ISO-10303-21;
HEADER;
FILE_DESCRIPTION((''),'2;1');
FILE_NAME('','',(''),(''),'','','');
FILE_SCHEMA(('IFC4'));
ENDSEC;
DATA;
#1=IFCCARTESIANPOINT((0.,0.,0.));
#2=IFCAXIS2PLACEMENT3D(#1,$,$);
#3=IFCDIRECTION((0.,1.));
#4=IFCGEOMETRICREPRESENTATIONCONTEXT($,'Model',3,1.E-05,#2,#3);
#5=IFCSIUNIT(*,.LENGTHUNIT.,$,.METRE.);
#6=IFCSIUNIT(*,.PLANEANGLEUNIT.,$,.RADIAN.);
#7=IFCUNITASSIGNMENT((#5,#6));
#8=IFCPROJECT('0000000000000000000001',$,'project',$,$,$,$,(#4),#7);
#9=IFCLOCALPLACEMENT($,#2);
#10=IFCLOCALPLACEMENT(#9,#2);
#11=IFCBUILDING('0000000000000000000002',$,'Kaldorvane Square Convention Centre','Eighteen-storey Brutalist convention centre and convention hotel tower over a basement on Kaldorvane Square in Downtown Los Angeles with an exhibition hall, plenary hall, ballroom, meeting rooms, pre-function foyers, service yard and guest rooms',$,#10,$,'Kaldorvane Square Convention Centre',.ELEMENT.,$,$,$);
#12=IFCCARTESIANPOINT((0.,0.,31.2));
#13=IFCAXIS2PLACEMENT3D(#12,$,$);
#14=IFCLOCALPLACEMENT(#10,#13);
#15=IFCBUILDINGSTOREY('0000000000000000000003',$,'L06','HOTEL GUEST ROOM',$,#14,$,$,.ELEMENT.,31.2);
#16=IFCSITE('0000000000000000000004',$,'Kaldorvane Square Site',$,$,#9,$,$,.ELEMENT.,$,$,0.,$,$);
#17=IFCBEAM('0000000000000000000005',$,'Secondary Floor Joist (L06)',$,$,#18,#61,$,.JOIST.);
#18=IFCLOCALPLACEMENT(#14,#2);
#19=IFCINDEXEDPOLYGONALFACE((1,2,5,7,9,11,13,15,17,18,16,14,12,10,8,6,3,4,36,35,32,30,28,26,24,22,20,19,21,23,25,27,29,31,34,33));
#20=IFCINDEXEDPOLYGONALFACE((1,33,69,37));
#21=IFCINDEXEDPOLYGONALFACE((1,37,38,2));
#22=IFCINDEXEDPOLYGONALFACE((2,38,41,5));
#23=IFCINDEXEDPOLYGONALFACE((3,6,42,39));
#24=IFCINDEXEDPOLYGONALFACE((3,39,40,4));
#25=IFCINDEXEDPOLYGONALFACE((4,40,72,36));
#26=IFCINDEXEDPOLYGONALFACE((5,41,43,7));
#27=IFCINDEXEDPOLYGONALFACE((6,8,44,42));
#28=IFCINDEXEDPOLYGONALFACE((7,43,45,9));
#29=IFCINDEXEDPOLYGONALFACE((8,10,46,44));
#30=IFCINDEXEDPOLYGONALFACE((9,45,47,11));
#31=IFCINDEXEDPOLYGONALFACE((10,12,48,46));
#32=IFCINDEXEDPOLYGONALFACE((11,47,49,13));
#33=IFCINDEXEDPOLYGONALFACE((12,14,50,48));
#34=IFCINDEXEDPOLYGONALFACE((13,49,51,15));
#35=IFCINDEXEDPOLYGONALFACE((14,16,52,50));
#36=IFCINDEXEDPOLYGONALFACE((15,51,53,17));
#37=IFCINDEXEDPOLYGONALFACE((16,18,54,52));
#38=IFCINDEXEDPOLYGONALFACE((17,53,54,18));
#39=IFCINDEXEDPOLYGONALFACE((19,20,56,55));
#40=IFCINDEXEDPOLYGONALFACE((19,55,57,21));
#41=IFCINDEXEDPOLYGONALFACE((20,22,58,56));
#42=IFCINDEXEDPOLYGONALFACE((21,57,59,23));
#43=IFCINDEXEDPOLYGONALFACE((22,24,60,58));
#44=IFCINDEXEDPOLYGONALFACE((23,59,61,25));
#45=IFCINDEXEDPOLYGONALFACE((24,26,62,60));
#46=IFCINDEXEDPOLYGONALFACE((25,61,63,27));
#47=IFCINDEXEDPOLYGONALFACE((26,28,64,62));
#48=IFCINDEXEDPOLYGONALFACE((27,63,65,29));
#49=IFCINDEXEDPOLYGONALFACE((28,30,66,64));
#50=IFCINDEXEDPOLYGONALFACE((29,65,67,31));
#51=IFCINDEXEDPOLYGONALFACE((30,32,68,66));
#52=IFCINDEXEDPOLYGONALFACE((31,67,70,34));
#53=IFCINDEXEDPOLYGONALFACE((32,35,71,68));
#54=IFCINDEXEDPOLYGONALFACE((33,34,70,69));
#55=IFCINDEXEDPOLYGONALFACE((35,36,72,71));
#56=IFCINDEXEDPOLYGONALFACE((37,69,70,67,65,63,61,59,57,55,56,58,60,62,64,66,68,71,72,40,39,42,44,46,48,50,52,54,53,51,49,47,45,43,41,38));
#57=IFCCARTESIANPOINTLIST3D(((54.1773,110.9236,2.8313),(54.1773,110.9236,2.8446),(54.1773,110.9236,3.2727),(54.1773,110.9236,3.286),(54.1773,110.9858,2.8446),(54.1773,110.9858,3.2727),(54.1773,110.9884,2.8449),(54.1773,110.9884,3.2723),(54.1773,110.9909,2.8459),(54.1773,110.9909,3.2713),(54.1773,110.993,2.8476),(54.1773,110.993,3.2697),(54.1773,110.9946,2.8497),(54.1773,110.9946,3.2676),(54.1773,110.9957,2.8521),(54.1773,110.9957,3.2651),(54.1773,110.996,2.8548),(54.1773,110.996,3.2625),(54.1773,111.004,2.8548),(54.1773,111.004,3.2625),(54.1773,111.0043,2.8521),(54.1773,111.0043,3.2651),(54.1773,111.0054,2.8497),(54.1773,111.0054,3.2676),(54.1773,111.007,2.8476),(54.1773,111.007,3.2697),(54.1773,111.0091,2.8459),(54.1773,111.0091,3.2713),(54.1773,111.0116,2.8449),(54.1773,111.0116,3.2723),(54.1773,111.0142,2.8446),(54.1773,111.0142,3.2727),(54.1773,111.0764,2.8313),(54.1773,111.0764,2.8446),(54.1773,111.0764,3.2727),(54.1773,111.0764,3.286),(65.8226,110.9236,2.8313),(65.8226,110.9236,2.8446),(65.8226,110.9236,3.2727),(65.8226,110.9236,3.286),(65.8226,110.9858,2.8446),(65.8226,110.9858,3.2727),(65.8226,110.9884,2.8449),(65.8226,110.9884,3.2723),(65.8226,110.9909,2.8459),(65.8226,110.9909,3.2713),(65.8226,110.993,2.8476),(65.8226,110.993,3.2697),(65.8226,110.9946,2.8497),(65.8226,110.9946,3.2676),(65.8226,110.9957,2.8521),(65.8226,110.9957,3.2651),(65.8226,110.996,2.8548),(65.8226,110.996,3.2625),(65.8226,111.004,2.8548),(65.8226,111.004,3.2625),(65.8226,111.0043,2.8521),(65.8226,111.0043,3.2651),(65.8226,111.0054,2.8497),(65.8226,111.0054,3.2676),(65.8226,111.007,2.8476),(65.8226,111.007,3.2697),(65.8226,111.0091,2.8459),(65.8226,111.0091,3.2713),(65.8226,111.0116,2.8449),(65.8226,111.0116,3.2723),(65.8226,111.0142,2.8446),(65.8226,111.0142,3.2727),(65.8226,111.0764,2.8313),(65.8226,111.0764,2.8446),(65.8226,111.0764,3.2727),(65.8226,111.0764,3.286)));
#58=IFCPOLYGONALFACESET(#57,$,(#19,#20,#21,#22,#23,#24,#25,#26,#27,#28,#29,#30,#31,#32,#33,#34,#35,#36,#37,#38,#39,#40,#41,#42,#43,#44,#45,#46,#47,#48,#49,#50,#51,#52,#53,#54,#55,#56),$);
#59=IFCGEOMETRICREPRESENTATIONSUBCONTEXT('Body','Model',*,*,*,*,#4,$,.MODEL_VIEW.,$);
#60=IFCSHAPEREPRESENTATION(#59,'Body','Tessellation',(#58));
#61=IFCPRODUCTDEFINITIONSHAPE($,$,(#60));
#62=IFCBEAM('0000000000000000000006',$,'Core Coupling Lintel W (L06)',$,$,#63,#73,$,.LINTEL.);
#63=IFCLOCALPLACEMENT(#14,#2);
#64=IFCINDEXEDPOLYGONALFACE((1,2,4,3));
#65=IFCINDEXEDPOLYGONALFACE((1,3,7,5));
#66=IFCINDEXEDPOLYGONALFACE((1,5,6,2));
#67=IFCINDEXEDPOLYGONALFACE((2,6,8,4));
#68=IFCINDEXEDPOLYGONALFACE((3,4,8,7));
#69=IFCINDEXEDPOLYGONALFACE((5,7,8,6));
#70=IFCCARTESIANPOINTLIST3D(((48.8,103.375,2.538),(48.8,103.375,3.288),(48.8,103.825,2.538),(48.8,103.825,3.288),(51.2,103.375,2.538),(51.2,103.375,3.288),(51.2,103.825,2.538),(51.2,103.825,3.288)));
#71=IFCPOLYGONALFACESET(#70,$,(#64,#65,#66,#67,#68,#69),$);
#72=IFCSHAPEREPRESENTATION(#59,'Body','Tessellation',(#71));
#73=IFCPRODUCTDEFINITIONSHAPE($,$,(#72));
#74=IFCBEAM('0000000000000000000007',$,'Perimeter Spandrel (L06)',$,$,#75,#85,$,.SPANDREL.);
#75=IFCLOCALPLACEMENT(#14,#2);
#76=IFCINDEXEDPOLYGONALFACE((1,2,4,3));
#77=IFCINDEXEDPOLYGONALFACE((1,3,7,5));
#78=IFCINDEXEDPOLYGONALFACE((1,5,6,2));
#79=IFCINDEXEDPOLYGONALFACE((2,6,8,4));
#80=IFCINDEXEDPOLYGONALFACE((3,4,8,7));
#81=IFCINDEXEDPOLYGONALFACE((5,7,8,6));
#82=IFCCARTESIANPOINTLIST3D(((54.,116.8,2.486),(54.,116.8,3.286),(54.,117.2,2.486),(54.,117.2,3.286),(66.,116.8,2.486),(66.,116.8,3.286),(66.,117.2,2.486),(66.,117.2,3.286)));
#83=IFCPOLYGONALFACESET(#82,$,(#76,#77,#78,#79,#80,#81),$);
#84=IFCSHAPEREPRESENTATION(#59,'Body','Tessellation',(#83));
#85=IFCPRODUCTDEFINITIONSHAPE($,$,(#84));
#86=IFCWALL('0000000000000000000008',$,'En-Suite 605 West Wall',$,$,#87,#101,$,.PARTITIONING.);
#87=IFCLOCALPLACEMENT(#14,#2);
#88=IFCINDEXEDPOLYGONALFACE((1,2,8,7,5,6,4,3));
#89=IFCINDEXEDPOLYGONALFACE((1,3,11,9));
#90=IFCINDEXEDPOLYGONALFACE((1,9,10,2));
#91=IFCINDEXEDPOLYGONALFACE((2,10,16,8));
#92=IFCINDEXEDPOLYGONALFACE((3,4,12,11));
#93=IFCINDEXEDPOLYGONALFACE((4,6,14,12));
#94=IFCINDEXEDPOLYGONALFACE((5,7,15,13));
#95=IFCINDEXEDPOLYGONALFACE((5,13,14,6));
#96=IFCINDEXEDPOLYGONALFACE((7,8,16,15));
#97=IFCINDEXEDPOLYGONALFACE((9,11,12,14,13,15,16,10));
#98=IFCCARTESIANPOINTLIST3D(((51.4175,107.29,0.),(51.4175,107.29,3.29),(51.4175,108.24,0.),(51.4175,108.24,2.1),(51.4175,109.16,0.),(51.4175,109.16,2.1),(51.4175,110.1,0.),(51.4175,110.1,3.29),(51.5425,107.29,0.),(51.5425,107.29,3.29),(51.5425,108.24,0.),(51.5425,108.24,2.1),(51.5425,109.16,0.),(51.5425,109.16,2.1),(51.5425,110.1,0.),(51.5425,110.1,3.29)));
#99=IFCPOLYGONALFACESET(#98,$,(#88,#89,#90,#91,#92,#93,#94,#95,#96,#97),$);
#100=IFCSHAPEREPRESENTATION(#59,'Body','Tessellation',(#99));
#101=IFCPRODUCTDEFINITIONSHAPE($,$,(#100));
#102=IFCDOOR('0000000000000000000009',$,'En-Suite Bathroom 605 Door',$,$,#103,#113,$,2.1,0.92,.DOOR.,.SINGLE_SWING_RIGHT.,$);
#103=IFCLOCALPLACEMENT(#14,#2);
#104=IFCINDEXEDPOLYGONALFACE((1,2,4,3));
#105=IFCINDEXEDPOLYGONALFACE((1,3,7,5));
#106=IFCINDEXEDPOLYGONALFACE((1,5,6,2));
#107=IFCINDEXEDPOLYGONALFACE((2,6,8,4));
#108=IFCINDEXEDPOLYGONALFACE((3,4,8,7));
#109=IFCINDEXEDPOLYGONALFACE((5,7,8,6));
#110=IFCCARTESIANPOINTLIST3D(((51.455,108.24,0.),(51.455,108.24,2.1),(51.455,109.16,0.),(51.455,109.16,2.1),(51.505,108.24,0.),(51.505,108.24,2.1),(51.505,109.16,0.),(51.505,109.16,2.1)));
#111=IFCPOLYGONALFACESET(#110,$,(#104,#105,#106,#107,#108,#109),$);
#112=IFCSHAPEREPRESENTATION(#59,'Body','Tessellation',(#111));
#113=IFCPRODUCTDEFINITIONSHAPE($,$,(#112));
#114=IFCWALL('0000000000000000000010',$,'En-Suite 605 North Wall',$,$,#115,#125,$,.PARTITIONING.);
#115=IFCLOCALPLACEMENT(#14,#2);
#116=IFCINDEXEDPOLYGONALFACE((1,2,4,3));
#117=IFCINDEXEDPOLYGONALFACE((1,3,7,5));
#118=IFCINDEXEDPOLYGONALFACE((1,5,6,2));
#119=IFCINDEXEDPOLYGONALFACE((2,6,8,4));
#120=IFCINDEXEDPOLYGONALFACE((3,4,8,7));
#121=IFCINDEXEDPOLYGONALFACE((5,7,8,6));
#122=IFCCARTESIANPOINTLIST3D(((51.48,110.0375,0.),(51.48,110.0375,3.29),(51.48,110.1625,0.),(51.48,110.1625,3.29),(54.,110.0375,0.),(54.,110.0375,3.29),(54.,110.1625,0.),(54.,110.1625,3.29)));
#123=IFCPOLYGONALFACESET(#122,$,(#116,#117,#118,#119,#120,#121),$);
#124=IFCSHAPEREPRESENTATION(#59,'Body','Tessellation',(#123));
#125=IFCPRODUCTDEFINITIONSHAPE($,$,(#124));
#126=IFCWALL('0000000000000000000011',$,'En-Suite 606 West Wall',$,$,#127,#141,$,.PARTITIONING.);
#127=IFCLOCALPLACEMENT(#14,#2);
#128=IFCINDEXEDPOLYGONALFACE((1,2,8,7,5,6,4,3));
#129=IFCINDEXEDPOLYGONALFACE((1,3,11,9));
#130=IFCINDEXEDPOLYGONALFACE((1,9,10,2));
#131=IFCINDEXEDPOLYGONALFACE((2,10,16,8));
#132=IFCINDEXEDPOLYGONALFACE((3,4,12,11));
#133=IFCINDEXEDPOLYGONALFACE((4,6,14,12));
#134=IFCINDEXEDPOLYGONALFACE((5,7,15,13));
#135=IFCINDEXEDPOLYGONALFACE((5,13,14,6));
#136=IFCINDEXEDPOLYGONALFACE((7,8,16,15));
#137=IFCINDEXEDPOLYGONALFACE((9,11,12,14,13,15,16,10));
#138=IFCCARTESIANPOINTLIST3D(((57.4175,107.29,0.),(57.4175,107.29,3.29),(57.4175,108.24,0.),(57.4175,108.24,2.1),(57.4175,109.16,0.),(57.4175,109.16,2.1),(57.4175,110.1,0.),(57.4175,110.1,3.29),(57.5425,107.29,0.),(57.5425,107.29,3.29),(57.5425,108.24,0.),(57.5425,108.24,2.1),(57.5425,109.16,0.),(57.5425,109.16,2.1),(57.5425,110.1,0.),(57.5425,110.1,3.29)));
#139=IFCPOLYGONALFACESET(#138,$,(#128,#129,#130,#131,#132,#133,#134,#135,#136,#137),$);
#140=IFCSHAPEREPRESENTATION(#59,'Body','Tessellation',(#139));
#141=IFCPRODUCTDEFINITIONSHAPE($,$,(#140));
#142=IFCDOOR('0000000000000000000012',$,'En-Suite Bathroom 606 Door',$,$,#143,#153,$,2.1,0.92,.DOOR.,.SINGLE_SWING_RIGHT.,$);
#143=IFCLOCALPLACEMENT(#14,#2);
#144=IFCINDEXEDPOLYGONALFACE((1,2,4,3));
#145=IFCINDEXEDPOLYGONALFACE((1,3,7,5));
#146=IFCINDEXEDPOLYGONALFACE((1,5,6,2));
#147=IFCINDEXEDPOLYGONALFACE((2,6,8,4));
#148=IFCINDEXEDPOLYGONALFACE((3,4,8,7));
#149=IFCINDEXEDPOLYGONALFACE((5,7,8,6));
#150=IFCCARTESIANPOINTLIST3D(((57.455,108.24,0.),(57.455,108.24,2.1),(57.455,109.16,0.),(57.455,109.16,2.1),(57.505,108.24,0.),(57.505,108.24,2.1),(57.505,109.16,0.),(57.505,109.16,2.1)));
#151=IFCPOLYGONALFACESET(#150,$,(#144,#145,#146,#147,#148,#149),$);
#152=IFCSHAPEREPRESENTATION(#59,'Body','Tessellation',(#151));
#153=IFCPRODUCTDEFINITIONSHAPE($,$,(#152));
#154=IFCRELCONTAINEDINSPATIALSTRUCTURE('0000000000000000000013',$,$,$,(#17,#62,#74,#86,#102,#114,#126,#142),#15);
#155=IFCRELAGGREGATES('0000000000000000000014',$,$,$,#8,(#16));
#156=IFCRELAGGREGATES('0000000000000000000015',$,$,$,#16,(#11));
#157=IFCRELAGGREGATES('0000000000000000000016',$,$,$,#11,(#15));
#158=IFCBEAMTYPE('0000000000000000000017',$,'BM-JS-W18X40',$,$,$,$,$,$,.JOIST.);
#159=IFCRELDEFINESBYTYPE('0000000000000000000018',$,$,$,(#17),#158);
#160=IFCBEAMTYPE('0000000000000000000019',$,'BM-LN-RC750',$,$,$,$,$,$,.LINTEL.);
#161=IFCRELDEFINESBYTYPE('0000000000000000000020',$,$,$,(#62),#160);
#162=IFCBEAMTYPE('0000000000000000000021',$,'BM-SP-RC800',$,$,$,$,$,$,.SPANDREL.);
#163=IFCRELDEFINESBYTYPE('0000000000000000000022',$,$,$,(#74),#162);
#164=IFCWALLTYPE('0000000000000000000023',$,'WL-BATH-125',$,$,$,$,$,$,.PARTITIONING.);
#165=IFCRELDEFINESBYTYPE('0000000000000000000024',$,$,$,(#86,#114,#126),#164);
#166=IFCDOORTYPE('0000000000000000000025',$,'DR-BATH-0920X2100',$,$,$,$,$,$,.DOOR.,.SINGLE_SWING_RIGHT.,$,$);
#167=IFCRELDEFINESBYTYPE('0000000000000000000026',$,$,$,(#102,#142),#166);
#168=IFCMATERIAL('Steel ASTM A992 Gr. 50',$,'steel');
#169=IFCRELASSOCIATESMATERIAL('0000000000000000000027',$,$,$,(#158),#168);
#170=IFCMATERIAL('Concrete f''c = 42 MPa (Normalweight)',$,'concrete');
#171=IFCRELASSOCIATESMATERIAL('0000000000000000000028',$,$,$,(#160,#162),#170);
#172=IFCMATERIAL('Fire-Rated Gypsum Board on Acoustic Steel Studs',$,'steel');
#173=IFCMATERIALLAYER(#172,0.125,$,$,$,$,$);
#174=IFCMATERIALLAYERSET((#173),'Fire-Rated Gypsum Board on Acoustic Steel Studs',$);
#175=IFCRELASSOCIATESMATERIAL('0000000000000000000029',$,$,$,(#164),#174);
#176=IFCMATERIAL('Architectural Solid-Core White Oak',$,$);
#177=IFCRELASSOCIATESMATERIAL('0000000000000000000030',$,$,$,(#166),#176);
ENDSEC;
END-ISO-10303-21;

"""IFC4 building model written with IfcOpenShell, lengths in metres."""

from ifc_helpers import new_model, si_unit, direction, frame, frame_2d, origin, origin_2d, place, context, subcontext, project, spatial, rectangle, i_section, extrude, material, layer, layer_set, material_profile, profile_set, type_object, element, fill, save


model = new_model("IFC4")

# Units and contexts
model_context = context("Model", 3, precision=1e-05, world=origin(), true_north=direction((0.0, 1.0)))
body_context = subcontext(model_context, "Body", "Model", "MODEL_VIEW")
ifc_project = project(units=[si_unit("LENGTHUNIT", "METRE"), si_unit("PLANEANGLEUNIT", "RADIAN")], contexts=[model_context])

# Site, building, storey
site_placement = place(None, origin())
site = spatial("IfcSite", under=ifc_project, at=site_placement, Name="Kaldorvane Square Site", CompositionType="ELEMENT", RefElevation=0.0)
building_placement = place(site_placement, origin())
building = spatial("IfcBuilding", under=site, at=building_placement, Name="Kaldorvane Square Convention Centre", Description="Eighteen-storey Brutalist convention centre and convention hotel tower over a basement on Kaldorvane Square in Downtown Los Angeles with an exhibition hall, plenary hall, ballroom, meeting rooms, pre-function foyers, service yard and guest rooms", LongName="Kaldorvane Square Convention Centre", CompositionType="ELEMENT")
storey_placement = place(building_placement, frame((0.0, 0.0, 31.2)))
storey = spatial("IfcBuildingStorey", under=building, at=storey_placement, Name="L06", Description="HOTEL GUEST ROOM", CompositionType="ELEMENT", Elevation=31.2)

# Shared definitions
ifc_material_1 = material(Name="Steel ASTM A992 Gr. 50", Category="steel")

# Beams
ifc_material_profile_1 = material_profile(ifc_material_1, i_section(OverallWidth=0.1528, OverallDepth=0.4547, WebThickness=0.008, FlangeThickness=0.0133, FilletRadius=0.0102, at=origin_2d()), Name="W18X40")
ifc_profile_set_1 = profile_set([ifc_material_profile_1], Name="Steel ASTM A992 Gr. 50")
beam_type_1 = type_object("IfcBeamType", Name="BM-JS-W18X40", PredefinedType="JOIST", material=ifc_profile_set_1)
beam_1_placement = place(storey_placement, frame((54.1773, 111.0, 3.0586), z_axis=(1.0, 0.0, 0.0), x_axis=(0.0, 1.0, 0.0)))
element("IfcBeam", 1, at=beam_1_placement, inside=storey, type_object=beam_type_1, Name="Secondary Floor Joist (L06)", PredefinedType="JOIST", context=body_context, shape_type="SweptSolid", body=[
    extrude(i_section(OverallWidth=0.1528, OverallDepth=0.4547, WebThickness=0.008, FlangeThickness=0.0133, FilletRadius=0.0102, at=origin_2d()), origin(), (0.0, 0.0, 1.0), 11.6453),
])
ifc_material_2 = material(Name="Concrete f'c = 42 MPa (Normalweight)", Category="concrete")
ifc_material_profile_2 = material_profile(ifc_material_2, rectangle(XDim=0.45, YDim=0.75, at=origin_2d()), Name="RCLN750X450")
ifc_profile_set_2 = profile_set([ifc_material_profile_2], Name="Concrete f'c = 42 MPa (Normalweight)")
beam_type_2 = type_object("IfcBeamType", Name="BM-LN-RC750", PredefinedType="LINTEL", material=ifc_profile_set_2)
beam_2_placement = place(storey_placement, frame((48.8, 103.6, 2.913), z_axis=(1.0, 0.0, 0.0), x_axis=(0.0, 1.0, 0.0)))
element("IfcBeam", 2, at=beam_2_placement, inside=storey, type_object=beam_type_2, Name="Core Coupling Lintel W (L06)", PredefinedType="LINTEL", context=body_context, shape_type="SweptSolid", body=[
    extrude(rectangle(XDim=0.45, YDim=0.75, at=origin_2d()), origin(), (0.0, 0.0, 1.0), 2.4),
])
ifc_material_profile_3 = material_profile(ifc_material_2, rectangle(XDim=0.4, YDim=0.8, at=origin_2d()), Name="RCSP800X400")
ifc_profile_set_3 = profile_set([ifc_material_profile_3], Name="Concrete f'c = 42 MPa (Normalweight)")
beam_type_3 = type_object("IfcBeamType", Name="BM-SP-RC800", PredefinedType="SPANDREL", material=ifc_profile_set_3)
beam_3_placement = place(storey_placement, frame((54.0, 117.0, 2.886), z_axis=(1.0, 0.0, 0.0), x_axis=(0.0, 1.0, 0.0)))
element("IfcBeam", 3, at=beam_3_placement, inside=storey, type_object=beam_type_3, Name="Perimeter Spandrel (L06)", PredefinedType="SPANDREL", context=body_context, shape_type="SweptSolid", body=[
    extrude(rectangle(XDim=0.4, YDim=0.8, at=origin_2d()), origin(), (0.0, 0.0, 1.0), 12.0),
])

# Wall, opening, door
ifc_material_3 = material(Name="Fire-Rated Gypsum Board on Acoustic Steel Studs", Category="steel")
ifc_layer_1 = layer(ifc_material_3, 0.125)
ifc_layer_set_1 = layer_set([ifc_layer_1], Name="Fire-Rated Gypsum Board on Acoustic Steel Studs")
wall_type_1 = type_object("IfcWallType", Name="WL-BATH-125", PredefinedType="PARTITIONING", material=ifc_layer_set_1)
wall_1_placement = place(storey_placement, frame((51.48, 107.29, 0.0), z_axis=(0.0, 0.0, 1.0), x_axis=(0.0, 1.0, 0.0)))
wall_1 = element("IfcWall", 4, at=wall_1_placement, inside=storey, type_object=wall_type_1, Name="En-Suite 605 West Wall", PredefinedType="PARTITIONING", context=body_context, shape_type="SweptSolid", body=[
    extrude(rectangle(XDim=2.81, YDim=0.125, at=frame_2d((1.405, 0.0))), origin(), (0.0, 0.0, 1.0), 3.29),
])
opening_1_placement = place(wall_1_placement, frame((0.95, 0.0, 0.0)))
opening_1 = element("IfcOpeningElement", 5, at=opening_1_placement, cuts=wall_1, PredefinedType="OPENING", context=body_context, shape_type="SweptSolid", body=[
    extrude(rectangle(XDim=0.92, YDim=2.1, at=frame_2d((0.46, 1.05))), frame((0.0, 0.0775, 0.0), z_axis=(0.0, -1.0, 0.0), x_axis=(1.0, 0.0, 0.0)), (0.0, 0.0, 1.0), 0.155),
])
ifc_material_4 = material(Name="Architectural Solid-Core White Oak")
door_type_1 = type_object("IfcDoorType", Name="DR-BATH-0920X2100", OperationType="SINGLE_SWING_RIGHT", PredefinedType="DOOR", material=ifc_material_4)
door_1_placement = place(opening_1_placement, origin())
door_1 = element("IfcDoor", 6, at=door_1_placement, inside=storey, type_object=door_type_1, Name="En-Suite Bathroom 605 Door", OperationType="SINGLE_SWING_RIGHT", OverallHeight=2.1, OverallWidth=0.92, PredefinedType="DOOR", context=body_context, shape_type="SweptSolid", body=[
    extrude(rectangle(XDim=0.92, YDim=2.1, at=frame_2d((0.46, 1.05))), frame((0.0, 0.025, 0.0), z_axis=(0.0, -1.0, 0.0), x_axis=(1.0, 0.0, 0.0)), (0.0, 0.0, 1.0), 0.05),
])
fill(opening_1, door_1)

# Wall
wall_2_placement = place(storey_placement, frame((51.48, 110.1, 0.0), z_axis=(0.0, 0.0, 1.0), x_axis=(1.0, 0.0, 0.0)))
element("IfcWall", 7, at=wall_2_placement, inside=storey, type_object=wall_type_1, Name="En-Suite 605 North Wall", PredefinedType="PARTITIONING", context=body_context, shape_type="SweptSolid", body=[
    extrude(rectangle(XDim=2.52, YDim=0.125, at=frame_2d((1.26, 0.0))), origin(), (0.0, 0.0, 1.0), 3.29),
])

# Wall, opening, door
wall_3_placement = place(storey_placement, frame((57.48, 107.29, 0.0), z_axis=(0.0, 0.0, 1.0), x_axis=(0.0, 1.0, 0.0)))
wall_3 = element("IfcWall", 8, at=wall_3_placement, inside=storey, type_object=wall_type_1, Name="En-Suite 606 West Wall", PredefinedType="PARTITIONING", context=body_context, shape_type="SweptSolid", body=[
    extrude(rectangle(XDim=2.81, YDim=0.125, at=frame_2d((1.405, 0.0))), origin(), (0.0, 0.0, 1.0), 3.29),
])
opening_2_placement = place(wall_3_placement, frame((0.95, 0.0, 0.0)))
opening_2 = element("IfcOpeningElement", 9, at=opening_2_placement, cuts=wall_3, PredefinedType="OPENING", context=body_context, shape_type="SweptSolid", body=[
    extrude(rectangle(XDim=0.92, YDim=2.1, at=frame_2d((0.46, 1.05))), frame((0.0, 0.0775, 0.0), z_axis=(0.0, -1.0, 0.0), x_axis=(1.0, 0.0, 0.0)), (0.0, 0.0, 1.0), 0.155),
])
door_2_placement = place(opening_2_placement, origin())
door_2 = element("IfcDoor", 10, at=door_2_placement, inside=storey, type_object=door_type_1, Name="En-Suite Bathroom 606 Door", OperationType="SINGLE_SWING_RIGHT", OverallHeight=2.1, OverallWidth=0.92, PredefinedType="DOOR", context=body_context, shape_type="SweptSolid", body=[
    extrude(rectangle(XDim=0.92, YDim=2.1, at=frame_2d((0.46, 1.05))), frame((0.0, 0.025, 0.0), z_axis=(0.0, -1.0, 0.0), x_axis=(1.0, 0.0, 0.0)), (0.0, 0.0, 1.0), 0.05),
])
fill(opening_2, door_2)

save(model, "model.ifc")
